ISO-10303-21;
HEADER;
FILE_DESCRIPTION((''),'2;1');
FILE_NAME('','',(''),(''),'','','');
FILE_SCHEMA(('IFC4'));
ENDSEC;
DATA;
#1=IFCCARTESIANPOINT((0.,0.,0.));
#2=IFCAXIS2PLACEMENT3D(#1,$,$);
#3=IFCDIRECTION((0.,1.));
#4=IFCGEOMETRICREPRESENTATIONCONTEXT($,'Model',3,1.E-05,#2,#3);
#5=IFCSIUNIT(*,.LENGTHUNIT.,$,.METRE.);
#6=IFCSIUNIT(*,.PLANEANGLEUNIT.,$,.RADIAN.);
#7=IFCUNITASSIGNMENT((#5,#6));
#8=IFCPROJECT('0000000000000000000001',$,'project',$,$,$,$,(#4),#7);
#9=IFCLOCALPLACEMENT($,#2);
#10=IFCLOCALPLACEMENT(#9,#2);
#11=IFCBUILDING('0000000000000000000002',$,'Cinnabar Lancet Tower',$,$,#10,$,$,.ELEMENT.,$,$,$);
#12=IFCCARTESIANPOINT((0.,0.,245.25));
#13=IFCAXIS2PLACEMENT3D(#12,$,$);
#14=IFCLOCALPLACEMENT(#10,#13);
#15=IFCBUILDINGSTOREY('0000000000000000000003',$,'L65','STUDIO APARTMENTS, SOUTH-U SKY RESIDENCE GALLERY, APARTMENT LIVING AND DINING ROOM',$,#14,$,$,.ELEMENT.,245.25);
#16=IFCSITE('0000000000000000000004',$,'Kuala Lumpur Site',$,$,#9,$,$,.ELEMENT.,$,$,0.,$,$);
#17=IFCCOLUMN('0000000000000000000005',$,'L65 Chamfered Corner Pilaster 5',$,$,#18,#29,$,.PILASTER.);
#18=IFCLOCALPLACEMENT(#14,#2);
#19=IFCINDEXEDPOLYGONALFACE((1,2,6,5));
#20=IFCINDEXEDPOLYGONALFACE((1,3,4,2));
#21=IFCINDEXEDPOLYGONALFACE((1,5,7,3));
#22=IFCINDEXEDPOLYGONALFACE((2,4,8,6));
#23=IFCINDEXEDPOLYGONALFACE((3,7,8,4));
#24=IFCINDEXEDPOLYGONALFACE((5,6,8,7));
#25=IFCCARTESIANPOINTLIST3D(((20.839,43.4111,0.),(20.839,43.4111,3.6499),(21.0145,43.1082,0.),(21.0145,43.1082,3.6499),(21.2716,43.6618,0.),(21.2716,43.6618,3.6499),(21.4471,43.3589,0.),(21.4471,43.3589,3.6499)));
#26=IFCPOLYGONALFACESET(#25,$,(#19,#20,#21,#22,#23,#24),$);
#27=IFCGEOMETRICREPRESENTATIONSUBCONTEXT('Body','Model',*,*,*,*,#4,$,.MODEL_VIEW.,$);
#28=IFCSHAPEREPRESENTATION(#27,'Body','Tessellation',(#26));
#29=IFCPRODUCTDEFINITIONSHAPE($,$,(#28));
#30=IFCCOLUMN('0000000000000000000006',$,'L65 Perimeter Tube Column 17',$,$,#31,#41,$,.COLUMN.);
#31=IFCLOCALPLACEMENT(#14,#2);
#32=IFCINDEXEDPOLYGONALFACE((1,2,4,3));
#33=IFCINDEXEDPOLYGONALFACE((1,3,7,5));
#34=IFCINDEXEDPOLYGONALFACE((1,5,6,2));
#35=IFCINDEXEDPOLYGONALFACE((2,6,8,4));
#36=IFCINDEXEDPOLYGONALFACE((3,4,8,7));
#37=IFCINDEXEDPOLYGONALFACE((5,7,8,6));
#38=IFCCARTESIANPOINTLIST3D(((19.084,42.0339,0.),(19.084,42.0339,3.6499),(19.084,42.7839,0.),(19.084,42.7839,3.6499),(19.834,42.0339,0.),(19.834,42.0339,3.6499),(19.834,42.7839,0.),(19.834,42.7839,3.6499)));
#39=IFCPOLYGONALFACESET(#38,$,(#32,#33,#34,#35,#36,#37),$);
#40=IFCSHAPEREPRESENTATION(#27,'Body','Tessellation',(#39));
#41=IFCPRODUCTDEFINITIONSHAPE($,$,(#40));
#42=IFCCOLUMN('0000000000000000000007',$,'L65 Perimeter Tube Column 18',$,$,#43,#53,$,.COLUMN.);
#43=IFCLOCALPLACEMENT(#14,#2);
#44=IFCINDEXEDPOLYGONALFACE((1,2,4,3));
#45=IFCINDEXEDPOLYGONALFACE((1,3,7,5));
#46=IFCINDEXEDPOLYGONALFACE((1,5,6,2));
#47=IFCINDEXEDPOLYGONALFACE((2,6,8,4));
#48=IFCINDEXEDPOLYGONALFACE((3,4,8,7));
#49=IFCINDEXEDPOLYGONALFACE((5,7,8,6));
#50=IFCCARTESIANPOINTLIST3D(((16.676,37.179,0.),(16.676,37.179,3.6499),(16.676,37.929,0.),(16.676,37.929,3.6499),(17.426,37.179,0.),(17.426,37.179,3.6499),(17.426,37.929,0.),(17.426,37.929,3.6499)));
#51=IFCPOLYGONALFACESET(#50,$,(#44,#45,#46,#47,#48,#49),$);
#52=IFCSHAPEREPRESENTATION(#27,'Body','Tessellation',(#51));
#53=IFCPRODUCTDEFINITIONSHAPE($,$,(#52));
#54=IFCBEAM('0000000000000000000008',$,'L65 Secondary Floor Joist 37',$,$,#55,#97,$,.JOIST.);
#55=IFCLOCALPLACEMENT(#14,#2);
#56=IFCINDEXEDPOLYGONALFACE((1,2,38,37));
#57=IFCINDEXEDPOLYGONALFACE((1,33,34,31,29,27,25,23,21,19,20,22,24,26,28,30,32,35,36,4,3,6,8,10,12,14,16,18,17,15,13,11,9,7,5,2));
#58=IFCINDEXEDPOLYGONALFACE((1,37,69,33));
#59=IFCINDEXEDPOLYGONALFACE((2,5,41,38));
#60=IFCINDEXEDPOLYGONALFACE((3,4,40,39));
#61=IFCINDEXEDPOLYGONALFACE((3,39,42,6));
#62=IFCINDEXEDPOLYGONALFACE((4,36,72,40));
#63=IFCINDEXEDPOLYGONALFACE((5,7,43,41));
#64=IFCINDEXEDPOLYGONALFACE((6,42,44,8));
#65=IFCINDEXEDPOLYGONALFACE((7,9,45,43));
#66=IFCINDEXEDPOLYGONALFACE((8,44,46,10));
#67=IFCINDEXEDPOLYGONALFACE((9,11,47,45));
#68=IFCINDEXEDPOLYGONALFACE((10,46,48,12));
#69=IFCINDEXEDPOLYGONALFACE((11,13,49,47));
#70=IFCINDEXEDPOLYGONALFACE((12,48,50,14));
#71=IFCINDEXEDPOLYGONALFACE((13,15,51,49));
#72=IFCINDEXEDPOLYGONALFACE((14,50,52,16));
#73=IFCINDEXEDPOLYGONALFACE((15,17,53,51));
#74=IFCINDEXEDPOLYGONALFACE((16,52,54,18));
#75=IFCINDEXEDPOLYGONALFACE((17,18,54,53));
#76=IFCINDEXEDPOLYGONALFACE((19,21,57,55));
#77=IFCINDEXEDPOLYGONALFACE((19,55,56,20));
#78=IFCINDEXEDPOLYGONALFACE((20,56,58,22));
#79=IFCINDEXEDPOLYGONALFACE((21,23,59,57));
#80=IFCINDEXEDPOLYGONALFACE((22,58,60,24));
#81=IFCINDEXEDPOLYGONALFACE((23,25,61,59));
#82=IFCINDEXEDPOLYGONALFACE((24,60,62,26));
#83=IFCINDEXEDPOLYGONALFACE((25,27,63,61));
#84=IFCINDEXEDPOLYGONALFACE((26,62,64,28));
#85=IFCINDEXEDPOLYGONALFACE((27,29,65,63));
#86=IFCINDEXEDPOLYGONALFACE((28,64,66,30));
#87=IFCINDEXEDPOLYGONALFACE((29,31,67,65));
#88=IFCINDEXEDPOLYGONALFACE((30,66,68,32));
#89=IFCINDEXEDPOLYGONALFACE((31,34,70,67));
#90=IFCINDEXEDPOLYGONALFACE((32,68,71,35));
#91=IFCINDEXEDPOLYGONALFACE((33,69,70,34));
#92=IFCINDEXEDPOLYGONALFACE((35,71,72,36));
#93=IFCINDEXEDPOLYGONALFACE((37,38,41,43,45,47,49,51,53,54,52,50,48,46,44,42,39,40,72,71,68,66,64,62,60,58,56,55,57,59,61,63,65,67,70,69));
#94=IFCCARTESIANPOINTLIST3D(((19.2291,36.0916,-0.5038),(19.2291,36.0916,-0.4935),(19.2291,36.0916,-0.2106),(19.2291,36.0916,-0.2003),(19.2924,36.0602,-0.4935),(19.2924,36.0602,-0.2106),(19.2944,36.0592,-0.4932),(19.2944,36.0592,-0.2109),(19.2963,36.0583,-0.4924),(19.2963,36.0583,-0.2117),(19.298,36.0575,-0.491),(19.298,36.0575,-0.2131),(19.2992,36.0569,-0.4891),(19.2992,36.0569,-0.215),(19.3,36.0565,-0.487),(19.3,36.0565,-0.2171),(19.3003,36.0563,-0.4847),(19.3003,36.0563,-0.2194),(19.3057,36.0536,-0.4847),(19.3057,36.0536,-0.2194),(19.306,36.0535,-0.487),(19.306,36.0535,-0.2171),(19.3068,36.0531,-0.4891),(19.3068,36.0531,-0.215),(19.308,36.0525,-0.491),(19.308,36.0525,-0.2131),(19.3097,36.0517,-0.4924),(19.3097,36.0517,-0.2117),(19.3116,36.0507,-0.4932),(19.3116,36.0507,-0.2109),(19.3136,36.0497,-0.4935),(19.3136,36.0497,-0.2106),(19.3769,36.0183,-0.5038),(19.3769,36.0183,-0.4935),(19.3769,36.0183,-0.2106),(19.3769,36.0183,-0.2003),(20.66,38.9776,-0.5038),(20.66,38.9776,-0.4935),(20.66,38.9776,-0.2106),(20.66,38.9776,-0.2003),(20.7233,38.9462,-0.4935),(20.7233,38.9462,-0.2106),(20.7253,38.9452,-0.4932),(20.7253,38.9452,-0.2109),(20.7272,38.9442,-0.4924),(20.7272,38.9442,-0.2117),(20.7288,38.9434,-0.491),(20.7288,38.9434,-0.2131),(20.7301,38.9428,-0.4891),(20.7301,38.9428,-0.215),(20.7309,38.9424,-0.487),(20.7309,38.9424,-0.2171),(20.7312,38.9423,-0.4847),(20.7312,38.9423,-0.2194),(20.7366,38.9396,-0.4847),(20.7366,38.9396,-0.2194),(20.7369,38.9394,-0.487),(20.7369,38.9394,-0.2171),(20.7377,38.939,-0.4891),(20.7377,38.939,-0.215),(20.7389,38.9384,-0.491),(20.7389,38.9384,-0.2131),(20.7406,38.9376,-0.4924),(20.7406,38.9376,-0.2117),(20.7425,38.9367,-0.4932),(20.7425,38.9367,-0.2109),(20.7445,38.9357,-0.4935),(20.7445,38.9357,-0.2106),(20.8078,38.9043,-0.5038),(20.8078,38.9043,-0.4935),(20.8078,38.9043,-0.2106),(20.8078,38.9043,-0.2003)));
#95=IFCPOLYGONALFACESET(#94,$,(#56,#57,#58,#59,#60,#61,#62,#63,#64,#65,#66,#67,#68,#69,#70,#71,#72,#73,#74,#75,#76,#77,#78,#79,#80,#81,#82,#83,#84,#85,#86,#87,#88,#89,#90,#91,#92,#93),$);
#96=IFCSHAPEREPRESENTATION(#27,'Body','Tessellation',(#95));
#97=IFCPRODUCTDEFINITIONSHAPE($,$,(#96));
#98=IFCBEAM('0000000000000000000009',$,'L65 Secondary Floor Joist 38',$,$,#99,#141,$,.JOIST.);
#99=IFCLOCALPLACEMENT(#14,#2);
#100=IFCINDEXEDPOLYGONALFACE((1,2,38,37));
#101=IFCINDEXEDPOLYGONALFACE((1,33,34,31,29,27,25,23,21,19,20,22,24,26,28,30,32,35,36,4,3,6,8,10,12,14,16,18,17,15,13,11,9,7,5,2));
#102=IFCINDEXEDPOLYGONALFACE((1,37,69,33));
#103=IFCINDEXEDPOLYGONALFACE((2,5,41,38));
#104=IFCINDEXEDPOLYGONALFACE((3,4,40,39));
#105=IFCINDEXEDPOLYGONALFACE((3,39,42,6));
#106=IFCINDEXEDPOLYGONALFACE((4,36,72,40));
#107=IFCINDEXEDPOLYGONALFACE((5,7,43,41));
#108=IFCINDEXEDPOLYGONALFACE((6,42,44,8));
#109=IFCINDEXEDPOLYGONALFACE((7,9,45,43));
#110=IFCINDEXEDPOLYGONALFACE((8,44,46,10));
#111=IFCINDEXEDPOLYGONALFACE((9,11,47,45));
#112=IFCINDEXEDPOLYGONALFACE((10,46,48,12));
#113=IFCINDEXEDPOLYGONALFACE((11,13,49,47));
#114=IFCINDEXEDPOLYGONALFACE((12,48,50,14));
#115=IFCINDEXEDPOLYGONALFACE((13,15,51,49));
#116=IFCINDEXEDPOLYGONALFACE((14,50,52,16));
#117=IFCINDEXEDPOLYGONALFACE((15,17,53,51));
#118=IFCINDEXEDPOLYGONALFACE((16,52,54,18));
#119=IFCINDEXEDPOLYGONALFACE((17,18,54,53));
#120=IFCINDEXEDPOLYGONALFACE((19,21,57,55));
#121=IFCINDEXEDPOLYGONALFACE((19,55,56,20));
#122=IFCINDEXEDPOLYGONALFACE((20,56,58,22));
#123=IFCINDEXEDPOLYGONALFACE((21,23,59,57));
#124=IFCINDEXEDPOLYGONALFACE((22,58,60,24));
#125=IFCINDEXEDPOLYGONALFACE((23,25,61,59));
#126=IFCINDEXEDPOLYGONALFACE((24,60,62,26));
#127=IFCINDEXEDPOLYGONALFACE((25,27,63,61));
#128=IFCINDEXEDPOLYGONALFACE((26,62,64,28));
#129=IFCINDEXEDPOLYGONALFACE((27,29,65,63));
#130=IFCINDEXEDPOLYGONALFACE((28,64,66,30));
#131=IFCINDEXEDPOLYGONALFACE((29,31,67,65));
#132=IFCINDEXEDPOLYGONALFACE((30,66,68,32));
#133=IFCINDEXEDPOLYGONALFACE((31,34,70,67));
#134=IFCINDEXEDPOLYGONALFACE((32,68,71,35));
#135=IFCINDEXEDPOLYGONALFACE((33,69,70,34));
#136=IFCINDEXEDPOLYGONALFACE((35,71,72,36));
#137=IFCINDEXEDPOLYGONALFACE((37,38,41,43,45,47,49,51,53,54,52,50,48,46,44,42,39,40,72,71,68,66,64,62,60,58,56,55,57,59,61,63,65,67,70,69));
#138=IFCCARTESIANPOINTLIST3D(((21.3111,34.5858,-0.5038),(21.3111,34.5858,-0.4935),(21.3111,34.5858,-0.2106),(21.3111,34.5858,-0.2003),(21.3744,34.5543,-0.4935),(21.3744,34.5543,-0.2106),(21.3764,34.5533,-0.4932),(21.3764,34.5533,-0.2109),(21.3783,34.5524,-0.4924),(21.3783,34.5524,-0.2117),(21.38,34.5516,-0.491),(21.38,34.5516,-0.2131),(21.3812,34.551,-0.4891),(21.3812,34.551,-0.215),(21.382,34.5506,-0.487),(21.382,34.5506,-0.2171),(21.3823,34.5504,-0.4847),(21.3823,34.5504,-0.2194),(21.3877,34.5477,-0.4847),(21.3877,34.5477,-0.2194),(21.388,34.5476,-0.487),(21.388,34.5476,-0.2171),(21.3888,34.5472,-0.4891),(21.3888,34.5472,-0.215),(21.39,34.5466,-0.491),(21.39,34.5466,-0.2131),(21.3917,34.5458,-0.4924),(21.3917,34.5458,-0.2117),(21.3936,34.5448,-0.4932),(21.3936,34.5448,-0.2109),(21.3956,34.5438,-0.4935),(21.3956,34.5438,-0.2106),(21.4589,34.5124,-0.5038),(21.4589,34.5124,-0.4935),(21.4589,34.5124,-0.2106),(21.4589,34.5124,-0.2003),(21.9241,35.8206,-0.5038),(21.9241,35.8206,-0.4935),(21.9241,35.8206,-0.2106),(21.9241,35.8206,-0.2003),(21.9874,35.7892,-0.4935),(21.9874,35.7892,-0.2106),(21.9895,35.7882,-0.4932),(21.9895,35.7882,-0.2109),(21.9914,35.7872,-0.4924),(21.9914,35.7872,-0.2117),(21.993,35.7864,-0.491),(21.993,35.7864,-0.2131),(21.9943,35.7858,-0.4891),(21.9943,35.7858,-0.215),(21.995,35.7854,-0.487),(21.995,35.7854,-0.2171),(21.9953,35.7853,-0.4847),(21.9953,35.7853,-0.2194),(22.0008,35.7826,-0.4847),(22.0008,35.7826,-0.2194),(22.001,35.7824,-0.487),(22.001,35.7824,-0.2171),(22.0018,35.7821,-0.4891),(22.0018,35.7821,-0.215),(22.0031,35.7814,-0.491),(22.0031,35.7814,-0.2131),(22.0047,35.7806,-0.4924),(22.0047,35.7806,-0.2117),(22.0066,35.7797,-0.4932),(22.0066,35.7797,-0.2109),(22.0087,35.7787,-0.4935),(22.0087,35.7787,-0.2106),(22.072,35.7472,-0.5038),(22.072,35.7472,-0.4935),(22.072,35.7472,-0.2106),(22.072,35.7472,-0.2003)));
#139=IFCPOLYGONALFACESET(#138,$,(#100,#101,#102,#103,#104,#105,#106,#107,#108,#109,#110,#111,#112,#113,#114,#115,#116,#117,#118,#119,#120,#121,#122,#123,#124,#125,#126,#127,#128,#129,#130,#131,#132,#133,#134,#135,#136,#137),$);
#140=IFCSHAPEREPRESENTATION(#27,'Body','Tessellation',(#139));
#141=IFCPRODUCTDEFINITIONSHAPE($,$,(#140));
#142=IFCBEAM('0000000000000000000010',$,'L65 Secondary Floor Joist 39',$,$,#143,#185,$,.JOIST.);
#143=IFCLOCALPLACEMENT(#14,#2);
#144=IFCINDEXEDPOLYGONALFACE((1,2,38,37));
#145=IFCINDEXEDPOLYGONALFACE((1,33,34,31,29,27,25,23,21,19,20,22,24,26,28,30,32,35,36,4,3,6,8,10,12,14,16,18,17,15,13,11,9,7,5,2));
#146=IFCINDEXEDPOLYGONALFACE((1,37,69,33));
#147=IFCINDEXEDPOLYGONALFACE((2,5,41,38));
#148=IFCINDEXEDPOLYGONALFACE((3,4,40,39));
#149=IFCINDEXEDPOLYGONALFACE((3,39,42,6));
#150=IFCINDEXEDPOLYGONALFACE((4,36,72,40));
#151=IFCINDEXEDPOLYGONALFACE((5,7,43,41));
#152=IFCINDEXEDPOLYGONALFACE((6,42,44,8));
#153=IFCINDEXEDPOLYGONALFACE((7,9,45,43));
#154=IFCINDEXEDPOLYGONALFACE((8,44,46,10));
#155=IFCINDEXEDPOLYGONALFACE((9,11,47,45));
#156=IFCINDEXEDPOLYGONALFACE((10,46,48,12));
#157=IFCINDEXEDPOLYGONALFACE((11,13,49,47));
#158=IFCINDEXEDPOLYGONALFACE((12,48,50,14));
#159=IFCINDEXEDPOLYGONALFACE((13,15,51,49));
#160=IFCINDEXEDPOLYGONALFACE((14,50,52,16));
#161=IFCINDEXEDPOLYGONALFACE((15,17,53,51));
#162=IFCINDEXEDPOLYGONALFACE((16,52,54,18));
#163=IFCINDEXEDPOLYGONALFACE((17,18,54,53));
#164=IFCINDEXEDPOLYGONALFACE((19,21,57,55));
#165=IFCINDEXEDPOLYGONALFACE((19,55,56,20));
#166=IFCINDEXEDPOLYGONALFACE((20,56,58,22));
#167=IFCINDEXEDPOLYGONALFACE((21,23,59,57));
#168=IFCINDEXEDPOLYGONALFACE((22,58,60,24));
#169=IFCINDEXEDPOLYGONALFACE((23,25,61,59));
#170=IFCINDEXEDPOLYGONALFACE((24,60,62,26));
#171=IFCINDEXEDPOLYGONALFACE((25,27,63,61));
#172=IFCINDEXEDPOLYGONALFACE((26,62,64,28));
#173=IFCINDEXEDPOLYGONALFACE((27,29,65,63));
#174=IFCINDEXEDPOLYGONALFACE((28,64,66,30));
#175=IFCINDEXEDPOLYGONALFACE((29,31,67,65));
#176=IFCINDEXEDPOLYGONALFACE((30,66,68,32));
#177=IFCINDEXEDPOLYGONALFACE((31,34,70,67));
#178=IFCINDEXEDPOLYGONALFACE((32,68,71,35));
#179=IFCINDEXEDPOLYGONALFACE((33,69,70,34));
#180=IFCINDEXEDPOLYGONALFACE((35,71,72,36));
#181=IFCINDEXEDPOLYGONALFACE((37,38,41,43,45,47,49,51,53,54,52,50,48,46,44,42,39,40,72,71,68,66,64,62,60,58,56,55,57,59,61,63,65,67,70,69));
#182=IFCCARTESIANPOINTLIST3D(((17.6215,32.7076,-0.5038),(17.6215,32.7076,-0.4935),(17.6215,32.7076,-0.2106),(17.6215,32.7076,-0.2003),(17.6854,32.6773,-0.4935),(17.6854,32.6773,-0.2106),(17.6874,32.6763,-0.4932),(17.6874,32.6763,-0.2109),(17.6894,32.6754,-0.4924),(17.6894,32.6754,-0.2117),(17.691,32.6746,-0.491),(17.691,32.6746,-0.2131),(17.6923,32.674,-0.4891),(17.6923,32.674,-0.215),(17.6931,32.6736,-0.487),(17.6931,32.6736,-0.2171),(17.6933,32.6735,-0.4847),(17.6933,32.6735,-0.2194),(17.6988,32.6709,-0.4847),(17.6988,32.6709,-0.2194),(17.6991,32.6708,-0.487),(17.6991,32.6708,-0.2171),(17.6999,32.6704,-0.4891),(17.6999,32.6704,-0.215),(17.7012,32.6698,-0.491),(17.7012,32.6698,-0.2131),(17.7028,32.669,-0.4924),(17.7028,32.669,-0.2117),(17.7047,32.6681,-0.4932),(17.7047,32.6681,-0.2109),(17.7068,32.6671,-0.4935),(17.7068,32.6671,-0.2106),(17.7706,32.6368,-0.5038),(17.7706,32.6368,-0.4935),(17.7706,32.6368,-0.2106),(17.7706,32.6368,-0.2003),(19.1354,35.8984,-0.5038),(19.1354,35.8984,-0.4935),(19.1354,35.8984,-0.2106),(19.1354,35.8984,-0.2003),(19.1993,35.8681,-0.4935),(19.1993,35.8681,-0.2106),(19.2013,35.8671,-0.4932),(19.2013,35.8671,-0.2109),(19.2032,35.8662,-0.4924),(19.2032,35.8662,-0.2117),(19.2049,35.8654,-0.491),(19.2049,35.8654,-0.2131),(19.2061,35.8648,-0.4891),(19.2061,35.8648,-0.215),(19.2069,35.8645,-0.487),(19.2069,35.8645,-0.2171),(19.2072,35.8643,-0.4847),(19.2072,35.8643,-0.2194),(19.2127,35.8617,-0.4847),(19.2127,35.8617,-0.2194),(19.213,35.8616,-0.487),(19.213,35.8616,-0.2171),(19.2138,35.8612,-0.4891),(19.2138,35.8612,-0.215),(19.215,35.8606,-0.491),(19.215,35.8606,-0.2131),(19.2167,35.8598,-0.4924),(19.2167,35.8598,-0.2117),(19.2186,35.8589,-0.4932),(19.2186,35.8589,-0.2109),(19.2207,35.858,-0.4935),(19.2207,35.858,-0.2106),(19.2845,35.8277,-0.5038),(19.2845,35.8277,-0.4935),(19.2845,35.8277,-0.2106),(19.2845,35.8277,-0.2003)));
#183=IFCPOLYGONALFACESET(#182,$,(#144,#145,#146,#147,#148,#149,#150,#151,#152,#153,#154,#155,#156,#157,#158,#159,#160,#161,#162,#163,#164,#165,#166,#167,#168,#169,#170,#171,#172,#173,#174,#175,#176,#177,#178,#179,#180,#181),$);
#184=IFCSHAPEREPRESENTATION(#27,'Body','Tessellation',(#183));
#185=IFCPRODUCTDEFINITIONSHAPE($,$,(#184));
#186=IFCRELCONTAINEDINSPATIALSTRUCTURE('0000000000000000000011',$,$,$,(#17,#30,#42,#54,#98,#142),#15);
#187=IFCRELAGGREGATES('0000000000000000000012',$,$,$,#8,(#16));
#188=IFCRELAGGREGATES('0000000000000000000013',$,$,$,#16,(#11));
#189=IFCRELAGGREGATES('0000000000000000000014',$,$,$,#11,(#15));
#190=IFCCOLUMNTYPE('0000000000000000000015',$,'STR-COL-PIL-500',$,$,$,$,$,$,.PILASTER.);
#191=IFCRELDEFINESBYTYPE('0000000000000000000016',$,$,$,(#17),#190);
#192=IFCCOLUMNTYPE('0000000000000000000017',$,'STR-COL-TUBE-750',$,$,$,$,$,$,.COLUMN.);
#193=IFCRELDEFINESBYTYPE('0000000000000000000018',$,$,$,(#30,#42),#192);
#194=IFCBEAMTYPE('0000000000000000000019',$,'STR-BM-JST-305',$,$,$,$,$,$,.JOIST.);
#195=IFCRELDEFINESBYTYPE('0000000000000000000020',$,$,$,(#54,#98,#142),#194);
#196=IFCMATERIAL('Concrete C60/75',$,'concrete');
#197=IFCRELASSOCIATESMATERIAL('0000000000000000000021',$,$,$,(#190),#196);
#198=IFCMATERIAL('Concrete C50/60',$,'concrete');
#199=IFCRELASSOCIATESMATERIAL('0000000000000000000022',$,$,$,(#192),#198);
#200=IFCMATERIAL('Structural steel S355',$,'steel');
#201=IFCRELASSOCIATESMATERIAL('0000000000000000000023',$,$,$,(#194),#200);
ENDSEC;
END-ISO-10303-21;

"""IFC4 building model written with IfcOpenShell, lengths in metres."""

from ifc_helpers import new_model, si_unit, direction, frame, origin, origin_2d, place, context, subcontext, project, spatial, rectangle, i_section, extrude, material, material_profile, profile_set, type_object, element, save


model = new_model("IFC4")

# Units and contexts
model_context = context("Model", 3, precision=1e-05, world=origin(), true_north=direction((0.0, 1.0)))
body_context = subcontext(model_context, "Body", "Model", "MODEL_VIEW")
ifc_project = project(units=[si_unit("LENGTHUNIT", "METRE"), si_unit("PLANEANGLEUNIT", "RADIAN")], contexts=[model_context])

# Site, building, storey
site_placement = place(None, origin())
site = spatial("IfcSite", under=ifc_project, at=site_placement, Name="Kuala Lumpur Site", CompositionType="ELEMENT", RefElevation=0.0)
building_placement = place(site_placement, origin())
building = spatial("IfcBuilding", under=site, at=building_placement, Name="Cinnabar Lancet Tower", CompositionType="ELEMENT")
storey_placement = place(building_placement, frame((0.0, 0.0, 245.25)))
storey = spatial("IfcBuildingStorey", under=building, at=storey_placement, Name="L65", Description="STUDIO APARTMENTS, SOUTH-U SKY RESIDENCE GALLERY, APARTMENT LIVING AND DINING ROOM", CompositionType="ELEMENT", Elevation=245.25)

# Columns
ifc_material_1 = material(Name="Concrete C60/75", Category="concrete")
ifc_material_profile_1 = material_profile(ifc_material_1, rectangle(XDim=0.5, YDim=0.3501, at=origin_2d()), Name="RC-PIL 500x350")
ifc_profile_set_1 = profile_set([ifc_material_profile_1], Name="Concrete C60/75")
column_type_1 = type_object("IfcColumnType", Name="STR-COL-PIL-500", PredefinedType="PILASTER", material=ifc_profile_set_1)
column_placement = place(storey_placement, frame((21.1431, 43.385, 0.0), z_axis=(0.0, 0.0, 1.0), x_axis=(-0.865256, -0.50133, 0.0)))
element("IfcColumn", 1, at=column_placement, inside=storey, type_object=column_type_1, Name="L65 Chamfered Corner Pilaster 5", PredefinedType="PILASTER", context=body_context, shape_type="SweptSolid", body=[
    extrude(rectangle(XDim=0.5, YDim=0.3501, at=origin_2d()), origin(), (0.0, 0.0, 1.0), 3.6499),
])
ifc_material_2 = material(Name="Concrete C50/60", Category="concrete")
ifc_material_profile_2 = material_profile(ifc_material_2, rectangle(XDim=0.75, YDim=0.75, at=origin_2d()), Name="RC-COL 750x750")
ifc_profile_set_2 = profile_set([ifc_material_profile_2], Name="Concrete C50/60")
column_type_2 = type_object("IfcColumnType", Name="STR-COL-TUBE-750", PredefinedType="COLUMN", material=ifc_profile_set_2)
for number, where, z_axis, x_axis, name in (
    (2, (19.459, 42.4089, 0.0), (0.0, 0.0, 1.0), (1.0, 0.0, 0.0), "L65 Perimeter Tube Column 17"),
    (3, (17.051, 37.554, 0.0), (0.0, 0.0, 1.0), (1.0, 0.0, 0.0), "L65 Perimeter Tube Column 18"),
):
    element("IfcColumn", number, at=place(storey_placement, frame(where, z_axis=z_axis, x_axis=x_axis)), inside=storey, type_object=column_type_2, Name=name, PredefinedType="COLUMN", context=body_context, shape_type="SweptSolid", body=[
        extrude(rectangle(XDim=0.75, YDim=0.75, at=origin_2d()), origin(), (0.0, 0.0, 1.0), 3.6499),
    ])

# Beams
ifc_material_3 = material(Name="Structural steel S355", Category="steel")
ifc_material_profile_3 = material_profile(ifc_material_3, i_section(OverallWidth=0.165, OverallDepth=0.3035, WebThickness=0.0061, FlangeThickness=0.0103, FilletRadius=0.0088, at=origin_2d()), Name="UKB 305x165x40")
ifc_profile_set_3 = profile_set([ifc_material_profile_3], Name="Structural steel S355")
beam_type_1 = type_object("IfcBeamType", Name="STR-BM-JST-305", PredefinedType="JOIST", material=ifc_profile_set_3)
beam_1_placement = place(storey_placement, frame((20.7339, 38.9409, -0.3521), z_axis=(-0.44421, -0.895923, 0.0), x_axis=(0.895923, -0.44421, 0.0)))
element("IfcBeam", 4, at=beam_1_placement, inside=storey, type_object=beam_type_1, Name="L65 Secondary Floor Joist 37", PredefinedType="JOIST", context=body_context, shape_type="SweptSolid", body=[
    extrude(i_section(OverallWidth=0.165, OverallDepth=0.3035, WebThickness=0.0061, FlangeThickness=0.0103, FilletRadius=0.0088, at=origin_2d()), origin(), (0.0, 0.0, 1.0), 3.2212),
])
beam_2_placement = place(storey_placement, frame((21.998, 35.7839, -0.3521), z_axis=(-0.444662, -0.895699, 0.0), x_axis=(0.895699, -0.444662, 0.0)))
element("IfcBeam", 5, at=beam_2_placement, inside=storey, type_object=beam_type_1, Name="L65 Secondary Floor Joist 38", PredefinedType="JOIST", context=body_context, shape_type="SweptSolid", body=[
    extrude(i_section(OverallWidth=0.165, OverallDepth=0.3035, WebThickness=0.0061, FlangeThickness=0.0103, FilletRadius=0.0088, at=origin_2d()), origin(), (0.0, 0.0, 1.0), 1.3787),
])
beam_3_placement = place(storey_placement, frame((19.21, 35.863, -0.3521), z_axis=(-0.428648, -0.903472, 0.0), x_axis=(0.903472, -0.428648, 0.0)))
element("IfcBeam", 6, at=beam_3_placement, inside=storey, type_object=beam_type_1, Name="L65 Secondary Floor Joist 39", PredefinedType="JOIST", context=body_context, shape_type="SweptSolid", body=[
    extrude(i_section(OverallWidth=0.165, OverallDepth=0.3035, WebThickness=0.0061, FlangeThickness=0.0103, FilletRadius=0.0088, at=origin_2d()), origin(), (0.0, 0.0, 1.0), 3.5317),
])

save(model, "model.ifc")
